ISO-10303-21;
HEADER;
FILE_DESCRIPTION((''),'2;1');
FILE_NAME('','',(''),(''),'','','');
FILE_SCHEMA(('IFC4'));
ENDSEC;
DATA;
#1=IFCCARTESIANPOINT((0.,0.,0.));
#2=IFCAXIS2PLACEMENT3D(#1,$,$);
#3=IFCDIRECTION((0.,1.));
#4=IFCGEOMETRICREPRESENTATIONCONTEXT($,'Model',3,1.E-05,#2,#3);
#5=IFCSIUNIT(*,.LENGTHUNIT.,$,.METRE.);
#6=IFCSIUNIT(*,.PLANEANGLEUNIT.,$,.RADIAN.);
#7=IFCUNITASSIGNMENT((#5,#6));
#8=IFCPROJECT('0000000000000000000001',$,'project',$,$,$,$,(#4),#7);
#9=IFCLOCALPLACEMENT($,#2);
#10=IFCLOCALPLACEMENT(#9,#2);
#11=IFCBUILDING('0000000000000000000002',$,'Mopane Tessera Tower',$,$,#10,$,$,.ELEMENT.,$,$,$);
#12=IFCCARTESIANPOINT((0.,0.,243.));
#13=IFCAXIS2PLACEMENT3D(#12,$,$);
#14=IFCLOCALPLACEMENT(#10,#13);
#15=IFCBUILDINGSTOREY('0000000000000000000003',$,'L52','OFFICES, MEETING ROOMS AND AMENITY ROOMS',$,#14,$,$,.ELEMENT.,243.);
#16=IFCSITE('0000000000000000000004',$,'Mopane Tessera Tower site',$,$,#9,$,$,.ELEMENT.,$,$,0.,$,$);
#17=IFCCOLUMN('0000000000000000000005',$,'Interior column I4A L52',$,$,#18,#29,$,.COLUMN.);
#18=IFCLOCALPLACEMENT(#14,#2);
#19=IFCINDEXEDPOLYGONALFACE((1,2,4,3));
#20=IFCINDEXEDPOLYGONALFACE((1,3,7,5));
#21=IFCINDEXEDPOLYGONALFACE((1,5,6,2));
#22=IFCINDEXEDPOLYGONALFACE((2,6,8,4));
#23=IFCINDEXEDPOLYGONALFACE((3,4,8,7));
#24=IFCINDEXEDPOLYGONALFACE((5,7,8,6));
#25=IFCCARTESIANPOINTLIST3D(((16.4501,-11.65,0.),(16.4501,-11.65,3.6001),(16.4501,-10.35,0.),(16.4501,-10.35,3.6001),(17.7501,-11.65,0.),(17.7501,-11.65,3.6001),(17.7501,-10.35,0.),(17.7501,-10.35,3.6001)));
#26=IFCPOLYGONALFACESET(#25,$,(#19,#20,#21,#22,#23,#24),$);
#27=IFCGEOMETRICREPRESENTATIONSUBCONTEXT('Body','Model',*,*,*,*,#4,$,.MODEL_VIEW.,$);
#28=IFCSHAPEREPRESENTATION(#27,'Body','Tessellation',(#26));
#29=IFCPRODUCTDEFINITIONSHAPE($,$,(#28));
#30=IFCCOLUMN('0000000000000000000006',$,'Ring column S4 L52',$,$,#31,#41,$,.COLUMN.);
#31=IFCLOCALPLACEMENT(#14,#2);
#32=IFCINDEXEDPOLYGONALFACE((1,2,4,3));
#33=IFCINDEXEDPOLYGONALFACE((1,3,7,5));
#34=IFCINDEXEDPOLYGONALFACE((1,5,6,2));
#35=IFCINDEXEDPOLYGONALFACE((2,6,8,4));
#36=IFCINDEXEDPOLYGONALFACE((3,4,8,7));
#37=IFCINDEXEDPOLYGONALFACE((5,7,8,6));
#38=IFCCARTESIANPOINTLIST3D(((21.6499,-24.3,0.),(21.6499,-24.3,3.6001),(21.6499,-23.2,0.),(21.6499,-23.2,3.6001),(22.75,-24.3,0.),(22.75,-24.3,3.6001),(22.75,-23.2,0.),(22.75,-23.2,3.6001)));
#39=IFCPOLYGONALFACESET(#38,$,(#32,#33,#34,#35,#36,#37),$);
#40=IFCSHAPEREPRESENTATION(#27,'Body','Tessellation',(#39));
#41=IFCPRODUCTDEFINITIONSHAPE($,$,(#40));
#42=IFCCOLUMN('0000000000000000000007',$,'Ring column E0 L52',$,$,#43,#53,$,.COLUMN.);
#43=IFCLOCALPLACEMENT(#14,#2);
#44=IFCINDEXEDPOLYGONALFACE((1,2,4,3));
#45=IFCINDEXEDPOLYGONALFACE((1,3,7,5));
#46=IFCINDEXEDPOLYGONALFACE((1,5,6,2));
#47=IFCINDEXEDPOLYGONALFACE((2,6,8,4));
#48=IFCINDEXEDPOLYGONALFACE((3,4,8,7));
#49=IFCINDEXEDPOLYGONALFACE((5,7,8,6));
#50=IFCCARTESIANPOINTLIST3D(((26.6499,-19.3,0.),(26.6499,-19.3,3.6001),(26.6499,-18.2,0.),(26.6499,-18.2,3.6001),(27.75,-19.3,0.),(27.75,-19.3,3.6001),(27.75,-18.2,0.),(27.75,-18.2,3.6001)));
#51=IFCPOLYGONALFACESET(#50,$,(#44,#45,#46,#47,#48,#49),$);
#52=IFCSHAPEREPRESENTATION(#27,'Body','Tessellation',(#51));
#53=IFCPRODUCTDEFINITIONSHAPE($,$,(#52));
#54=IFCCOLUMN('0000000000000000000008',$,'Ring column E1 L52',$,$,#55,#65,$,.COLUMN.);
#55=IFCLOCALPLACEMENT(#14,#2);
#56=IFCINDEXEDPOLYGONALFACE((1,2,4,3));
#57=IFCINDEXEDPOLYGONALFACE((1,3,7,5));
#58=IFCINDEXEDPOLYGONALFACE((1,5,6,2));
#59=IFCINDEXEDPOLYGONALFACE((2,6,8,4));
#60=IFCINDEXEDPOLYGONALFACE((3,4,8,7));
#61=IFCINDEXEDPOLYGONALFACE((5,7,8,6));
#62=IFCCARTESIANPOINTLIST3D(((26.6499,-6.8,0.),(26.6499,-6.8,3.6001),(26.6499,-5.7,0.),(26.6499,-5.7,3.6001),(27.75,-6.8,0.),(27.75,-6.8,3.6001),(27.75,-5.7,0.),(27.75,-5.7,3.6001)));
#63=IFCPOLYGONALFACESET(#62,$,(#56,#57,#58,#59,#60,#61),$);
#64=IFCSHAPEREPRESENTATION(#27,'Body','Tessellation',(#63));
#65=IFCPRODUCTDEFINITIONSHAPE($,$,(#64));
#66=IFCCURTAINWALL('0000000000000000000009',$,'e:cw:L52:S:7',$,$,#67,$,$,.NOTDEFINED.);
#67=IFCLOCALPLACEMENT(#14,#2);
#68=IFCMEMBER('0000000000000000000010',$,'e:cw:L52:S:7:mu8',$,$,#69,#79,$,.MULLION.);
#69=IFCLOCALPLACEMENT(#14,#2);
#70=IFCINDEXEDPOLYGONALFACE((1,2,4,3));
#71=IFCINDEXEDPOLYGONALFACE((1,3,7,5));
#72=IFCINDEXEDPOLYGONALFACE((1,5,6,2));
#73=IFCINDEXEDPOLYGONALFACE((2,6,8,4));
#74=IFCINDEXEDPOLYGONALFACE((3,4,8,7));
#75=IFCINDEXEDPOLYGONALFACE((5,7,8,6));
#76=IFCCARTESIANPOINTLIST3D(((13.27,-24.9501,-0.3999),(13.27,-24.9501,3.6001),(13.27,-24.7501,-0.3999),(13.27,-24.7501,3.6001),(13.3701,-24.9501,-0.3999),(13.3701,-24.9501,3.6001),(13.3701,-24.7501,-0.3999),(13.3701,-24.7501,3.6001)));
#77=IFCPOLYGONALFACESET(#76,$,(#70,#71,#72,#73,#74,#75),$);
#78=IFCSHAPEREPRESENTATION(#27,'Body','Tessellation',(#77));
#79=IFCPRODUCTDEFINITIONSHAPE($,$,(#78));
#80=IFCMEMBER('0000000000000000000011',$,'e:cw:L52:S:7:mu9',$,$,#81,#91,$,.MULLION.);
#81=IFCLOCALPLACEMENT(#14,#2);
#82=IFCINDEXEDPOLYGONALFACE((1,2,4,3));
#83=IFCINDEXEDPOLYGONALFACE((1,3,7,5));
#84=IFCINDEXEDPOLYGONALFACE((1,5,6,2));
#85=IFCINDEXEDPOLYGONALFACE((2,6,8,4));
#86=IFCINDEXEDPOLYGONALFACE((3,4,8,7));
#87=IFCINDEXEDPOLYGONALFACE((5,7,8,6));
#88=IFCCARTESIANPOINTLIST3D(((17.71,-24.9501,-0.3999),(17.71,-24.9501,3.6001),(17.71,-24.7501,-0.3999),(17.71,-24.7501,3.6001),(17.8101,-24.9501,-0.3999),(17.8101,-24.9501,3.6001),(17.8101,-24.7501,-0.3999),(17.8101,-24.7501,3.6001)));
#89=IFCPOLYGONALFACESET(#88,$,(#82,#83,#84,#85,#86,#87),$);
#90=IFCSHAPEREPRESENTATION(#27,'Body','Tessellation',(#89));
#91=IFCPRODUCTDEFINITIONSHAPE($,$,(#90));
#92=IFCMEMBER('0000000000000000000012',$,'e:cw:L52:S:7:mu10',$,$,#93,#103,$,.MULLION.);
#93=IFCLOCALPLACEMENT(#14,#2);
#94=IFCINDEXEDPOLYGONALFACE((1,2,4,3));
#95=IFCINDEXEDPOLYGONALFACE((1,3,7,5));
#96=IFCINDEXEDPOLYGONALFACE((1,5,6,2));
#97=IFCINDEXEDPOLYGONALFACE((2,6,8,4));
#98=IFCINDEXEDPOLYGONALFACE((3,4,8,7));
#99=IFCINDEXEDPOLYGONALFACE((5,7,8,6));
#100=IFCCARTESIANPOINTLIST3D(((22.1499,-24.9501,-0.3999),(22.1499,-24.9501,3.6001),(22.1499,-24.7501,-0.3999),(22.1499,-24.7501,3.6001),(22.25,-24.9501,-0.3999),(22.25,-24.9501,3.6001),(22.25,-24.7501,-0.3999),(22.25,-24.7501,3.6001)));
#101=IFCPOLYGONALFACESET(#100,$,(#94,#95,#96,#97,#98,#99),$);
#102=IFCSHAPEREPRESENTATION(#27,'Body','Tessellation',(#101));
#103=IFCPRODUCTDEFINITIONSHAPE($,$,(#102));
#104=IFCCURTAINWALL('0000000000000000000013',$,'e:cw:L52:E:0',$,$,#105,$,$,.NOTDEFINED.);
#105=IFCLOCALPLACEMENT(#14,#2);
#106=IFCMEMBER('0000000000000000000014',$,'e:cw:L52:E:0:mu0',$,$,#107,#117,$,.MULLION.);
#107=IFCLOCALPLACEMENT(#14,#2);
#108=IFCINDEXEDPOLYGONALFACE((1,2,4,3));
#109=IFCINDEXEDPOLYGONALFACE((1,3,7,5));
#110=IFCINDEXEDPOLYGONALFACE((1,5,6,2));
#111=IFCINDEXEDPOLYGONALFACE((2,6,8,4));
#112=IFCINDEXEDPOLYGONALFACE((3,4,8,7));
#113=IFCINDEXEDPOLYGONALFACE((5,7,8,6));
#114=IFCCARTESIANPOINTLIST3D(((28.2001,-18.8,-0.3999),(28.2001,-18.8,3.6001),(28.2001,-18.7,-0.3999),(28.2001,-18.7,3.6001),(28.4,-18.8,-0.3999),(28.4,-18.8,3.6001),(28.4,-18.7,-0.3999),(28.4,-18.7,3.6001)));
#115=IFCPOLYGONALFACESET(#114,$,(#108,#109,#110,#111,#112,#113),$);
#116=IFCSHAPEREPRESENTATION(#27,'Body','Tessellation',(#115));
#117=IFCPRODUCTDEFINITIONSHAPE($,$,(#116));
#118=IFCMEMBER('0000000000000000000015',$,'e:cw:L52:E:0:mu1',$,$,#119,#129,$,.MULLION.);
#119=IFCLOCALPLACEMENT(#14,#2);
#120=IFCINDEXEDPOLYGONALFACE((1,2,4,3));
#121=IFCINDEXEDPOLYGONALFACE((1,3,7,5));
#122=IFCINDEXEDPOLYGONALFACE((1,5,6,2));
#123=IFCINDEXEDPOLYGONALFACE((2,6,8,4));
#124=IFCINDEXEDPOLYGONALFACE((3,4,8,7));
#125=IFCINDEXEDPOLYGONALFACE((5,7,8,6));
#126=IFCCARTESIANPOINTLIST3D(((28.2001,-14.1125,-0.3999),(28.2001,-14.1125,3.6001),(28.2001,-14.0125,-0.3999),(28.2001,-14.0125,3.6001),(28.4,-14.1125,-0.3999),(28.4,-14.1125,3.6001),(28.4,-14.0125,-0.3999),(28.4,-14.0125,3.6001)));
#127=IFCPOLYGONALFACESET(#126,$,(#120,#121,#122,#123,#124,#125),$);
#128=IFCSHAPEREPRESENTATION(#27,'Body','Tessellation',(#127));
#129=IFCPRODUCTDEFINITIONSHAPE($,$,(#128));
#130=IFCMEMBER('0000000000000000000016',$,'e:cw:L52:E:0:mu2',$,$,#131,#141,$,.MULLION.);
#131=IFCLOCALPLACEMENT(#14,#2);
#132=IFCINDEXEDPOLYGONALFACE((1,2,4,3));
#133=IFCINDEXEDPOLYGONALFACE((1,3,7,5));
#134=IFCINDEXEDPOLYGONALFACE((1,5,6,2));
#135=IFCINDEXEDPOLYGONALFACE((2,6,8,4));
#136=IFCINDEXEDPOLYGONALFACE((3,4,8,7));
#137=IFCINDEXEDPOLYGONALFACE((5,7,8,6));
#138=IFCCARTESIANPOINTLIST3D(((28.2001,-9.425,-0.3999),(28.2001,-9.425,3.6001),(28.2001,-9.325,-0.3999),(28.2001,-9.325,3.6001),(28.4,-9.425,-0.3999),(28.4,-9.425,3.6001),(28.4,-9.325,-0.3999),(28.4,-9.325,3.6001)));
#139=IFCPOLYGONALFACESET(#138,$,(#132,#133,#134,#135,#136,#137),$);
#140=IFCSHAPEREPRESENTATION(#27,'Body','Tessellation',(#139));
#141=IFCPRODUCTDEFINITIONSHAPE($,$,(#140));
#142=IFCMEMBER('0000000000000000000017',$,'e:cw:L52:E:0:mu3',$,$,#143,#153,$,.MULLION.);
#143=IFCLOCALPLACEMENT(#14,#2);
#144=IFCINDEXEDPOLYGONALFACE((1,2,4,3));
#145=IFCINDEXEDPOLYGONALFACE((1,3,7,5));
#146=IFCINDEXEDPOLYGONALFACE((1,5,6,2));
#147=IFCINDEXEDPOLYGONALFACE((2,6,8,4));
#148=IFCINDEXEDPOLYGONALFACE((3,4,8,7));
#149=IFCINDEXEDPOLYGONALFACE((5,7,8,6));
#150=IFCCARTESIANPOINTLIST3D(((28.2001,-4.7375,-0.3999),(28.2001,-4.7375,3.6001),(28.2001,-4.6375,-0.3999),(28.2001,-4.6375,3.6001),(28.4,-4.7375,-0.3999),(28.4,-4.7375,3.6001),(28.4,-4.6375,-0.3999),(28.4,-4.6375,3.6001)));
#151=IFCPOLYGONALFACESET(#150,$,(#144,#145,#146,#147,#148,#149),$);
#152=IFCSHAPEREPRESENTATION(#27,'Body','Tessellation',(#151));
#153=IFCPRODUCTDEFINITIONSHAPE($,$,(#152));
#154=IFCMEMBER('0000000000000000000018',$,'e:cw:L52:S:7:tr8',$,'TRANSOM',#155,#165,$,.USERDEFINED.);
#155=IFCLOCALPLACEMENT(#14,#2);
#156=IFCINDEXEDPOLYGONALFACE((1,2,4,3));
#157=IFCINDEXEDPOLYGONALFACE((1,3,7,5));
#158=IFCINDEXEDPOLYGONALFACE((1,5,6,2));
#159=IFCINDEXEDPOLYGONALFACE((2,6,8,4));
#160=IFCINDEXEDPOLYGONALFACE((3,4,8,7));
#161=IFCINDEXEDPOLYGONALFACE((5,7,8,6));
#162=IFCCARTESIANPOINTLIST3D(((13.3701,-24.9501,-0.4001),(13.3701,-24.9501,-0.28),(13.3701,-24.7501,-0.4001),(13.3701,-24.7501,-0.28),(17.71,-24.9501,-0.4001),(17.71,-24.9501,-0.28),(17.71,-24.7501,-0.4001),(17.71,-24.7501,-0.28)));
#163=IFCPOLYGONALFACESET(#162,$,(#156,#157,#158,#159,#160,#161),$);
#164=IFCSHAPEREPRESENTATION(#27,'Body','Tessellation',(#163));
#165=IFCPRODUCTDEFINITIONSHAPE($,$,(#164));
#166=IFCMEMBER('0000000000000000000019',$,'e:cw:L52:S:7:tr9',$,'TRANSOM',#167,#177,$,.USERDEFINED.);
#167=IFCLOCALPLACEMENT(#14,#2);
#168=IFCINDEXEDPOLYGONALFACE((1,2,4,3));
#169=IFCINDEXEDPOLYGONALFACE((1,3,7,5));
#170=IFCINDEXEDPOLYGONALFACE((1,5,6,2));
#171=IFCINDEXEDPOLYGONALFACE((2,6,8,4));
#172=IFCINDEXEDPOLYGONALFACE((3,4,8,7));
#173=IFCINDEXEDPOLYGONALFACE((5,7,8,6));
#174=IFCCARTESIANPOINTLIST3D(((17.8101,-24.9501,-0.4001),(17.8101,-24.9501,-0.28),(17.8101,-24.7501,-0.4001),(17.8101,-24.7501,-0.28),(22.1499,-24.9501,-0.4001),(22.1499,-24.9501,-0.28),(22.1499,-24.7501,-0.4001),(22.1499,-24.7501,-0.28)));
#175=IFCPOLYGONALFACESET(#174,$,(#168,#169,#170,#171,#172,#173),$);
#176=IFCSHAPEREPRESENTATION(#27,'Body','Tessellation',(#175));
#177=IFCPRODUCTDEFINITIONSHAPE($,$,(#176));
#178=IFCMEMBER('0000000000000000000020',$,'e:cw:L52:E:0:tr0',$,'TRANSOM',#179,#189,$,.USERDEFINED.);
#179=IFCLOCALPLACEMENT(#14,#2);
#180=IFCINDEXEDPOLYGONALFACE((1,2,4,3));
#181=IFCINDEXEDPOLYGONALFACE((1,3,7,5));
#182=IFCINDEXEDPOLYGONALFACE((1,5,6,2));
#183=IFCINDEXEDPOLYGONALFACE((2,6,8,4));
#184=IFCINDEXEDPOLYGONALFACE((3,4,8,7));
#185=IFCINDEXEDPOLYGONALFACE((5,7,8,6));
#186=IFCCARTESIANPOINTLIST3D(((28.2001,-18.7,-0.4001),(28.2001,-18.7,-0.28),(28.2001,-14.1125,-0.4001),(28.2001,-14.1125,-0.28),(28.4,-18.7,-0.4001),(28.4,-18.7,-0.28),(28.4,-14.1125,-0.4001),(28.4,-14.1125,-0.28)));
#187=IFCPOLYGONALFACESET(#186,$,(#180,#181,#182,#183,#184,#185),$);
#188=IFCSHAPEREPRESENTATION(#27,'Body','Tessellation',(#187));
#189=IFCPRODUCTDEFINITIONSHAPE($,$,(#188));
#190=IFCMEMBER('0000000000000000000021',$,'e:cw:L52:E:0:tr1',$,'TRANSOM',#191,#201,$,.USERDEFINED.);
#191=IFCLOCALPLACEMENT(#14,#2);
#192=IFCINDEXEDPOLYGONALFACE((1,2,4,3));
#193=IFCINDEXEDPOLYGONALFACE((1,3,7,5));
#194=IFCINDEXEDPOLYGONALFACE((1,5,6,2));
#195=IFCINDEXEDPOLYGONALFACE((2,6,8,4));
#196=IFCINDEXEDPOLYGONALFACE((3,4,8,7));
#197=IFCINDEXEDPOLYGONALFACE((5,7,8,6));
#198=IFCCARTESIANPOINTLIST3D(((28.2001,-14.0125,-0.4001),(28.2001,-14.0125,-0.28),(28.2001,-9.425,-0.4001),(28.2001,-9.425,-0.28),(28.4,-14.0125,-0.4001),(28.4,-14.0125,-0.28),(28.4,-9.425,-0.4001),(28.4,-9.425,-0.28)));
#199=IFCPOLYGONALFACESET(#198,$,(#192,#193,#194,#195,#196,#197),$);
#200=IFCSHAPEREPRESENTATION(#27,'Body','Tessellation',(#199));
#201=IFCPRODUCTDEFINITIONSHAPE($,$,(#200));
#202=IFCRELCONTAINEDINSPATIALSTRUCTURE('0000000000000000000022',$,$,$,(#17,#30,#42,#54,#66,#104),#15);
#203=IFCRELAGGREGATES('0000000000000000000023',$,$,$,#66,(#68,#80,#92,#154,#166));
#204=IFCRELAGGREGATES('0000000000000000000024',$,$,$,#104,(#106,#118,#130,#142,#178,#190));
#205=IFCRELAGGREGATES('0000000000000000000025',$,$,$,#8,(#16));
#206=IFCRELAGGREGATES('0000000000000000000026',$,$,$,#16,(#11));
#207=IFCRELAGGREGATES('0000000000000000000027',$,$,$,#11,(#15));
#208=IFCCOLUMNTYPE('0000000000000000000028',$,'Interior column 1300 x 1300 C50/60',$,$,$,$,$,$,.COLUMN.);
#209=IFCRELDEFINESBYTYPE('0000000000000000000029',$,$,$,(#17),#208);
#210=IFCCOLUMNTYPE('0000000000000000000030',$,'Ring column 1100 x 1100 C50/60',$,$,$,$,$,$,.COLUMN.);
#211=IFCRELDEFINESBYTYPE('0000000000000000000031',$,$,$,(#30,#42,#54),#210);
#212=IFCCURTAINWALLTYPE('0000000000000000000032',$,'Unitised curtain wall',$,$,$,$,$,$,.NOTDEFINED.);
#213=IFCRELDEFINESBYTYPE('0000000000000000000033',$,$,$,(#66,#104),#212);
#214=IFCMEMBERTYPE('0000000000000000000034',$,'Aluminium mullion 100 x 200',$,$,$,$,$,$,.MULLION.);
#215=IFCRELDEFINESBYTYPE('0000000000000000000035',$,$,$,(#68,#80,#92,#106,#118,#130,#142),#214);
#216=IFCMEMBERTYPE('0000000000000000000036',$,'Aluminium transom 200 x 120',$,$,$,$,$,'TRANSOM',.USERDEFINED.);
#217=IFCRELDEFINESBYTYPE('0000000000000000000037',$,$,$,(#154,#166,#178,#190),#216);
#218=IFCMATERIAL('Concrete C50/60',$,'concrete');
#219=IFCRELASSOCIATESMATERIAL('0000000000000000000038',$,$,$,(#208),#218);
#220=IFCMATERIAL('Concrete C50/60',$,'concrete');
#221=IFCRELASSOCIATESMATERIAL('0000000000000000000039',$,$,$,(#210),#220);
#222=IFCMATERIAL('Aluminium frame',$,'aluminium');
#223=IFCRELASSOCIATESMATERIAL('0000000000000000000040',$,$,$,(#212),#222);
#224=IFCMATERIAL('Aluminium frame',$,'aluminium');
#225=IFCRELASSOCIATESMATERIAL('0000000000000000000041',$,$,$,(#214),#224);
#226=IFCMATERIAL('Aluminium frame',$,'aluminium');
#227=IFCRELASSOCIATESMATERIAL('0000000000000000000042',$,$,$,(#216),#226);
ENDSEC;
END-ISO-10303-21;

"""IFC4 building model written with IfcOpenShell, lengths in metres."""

from ifc_helpers import new_model, si_unit, direction, frame, origin, origin_2d, place, context, subcontext, project, spatial, rectangle, extrude, material, material_profile, profile_set, type_object, element, aggregate, save


model = new_model("IFC4")

# Units and contexts
model_context = context("Model", 3, precision=1e-05, world=origin(), true_north=direction((0.0, 1.0)))
body_context = subcontext(model_context, "Body", "Model", "MODEL_VIEW")
ifc_project = project(units=[si_unit("LENGTHUNIT", "METRE"), si_unit("PLANEANGLEUNIT", "RADIAN")], contexts=[model_context])

# Site, building, storey
site_placement = place(None, origin())
site = spatial("IfcSite", under=ifc_project, at=site_placement, Name="Mopane Tessera Tower site", CompositionType="ELEMENT", RefElevation=0.0)
building_placement = place(site_placement, origin())
building = spatial("IfcBuilding", under=site, at=building_placement, Name="Mopane Tessera Tower", CompositionType="ELEMENT")
storey_placement = place(building_placement, frame((0.0, 0.0, 243.0)))
storey = spatial("IfcBuildingStorey", under=building, at=storey_placement, Name="L52", Description="OFFICES, MEETING ROOMS AND AMENITY ROOMS", CompositionType="ELEMENT", Elevation=243.0)

# Columns
ifc_material_1 = material(Name="Concrete C50/60", Category="concrete")
ifc_material_profile_1 = material_profile(ifc_material_1, rectangle(XDim=1.3, YDim=1.3, at=origin_2d()))
ifc_profile_set_1 = profile_set([ifc_material_profile_1], Name="Concrete C50/60")
column_type_1 = type_object("IfcColumnType", Name="Interior column 1300 x 1300 C50/60", PredefinedType="COLUMN", material=ifc_profile_set_1)
column_placement = place(storey_placement, frame((17.1001, -11.0, 0.0), z_axis=(0.0, 0.0, 1.0), x_axis=(1.0, 0.0, 0.0)))
element("IfcColumn", 1, at=column_placement, inside=storey, type_object=column_type_1, Name="Interior column I4A L52", PredefinedType="COLUMN", context=body_context, shape_type="SweptSolid", body=[
    extrude(rectangle(XDim=1.3, YDim=1.3, at=origin_2d()), origin(), (0.0, 0.0, 1.0), 3.6001),
])
ifc_material_2 = material(Name="Concrete C50/60", Category="concrete")
ifc_material_profile_2 = material_profile(ifc_material_2, rectangle(XDim=1.1001, YDim=1.1001, at=origin_2d()))
ifc_profile_set_2 = profile_set([ifc_material_profile_2], Name="Concrete C50/60")
column_type_2 = type_object("IfcColumnType", Name="Ring column 1100 x 1100 C50/60", PredefinedType="COLUMN", material=ifc_profile_set_2)
for number, where, z_axis, x_axis, name in (
    (2, (22.2, -23.75, 0.0), (0.0, 0.0, 1.0), (1.0, 0.0, 0.0), "Ring column S4 L52"),
    (3, (27.2, -18.75, 0.0), (0.0, 0.0, 1.0), (1.0, 0.0, 0.0), "Ring column E0 L52"),
    (4, (27.2, -6.25, 0.0), (0.0, 0.0, 1.0), (1.0, 0.0, 0.0), "Ring column E1 L52"),
):
    element("IfcColumn", number, at=place(storey_placement, frame(where, z_axis=z_axis, x_axis=x_axis)), inside=storey, type_object=column_type_2, Name=name, PredefinedType="COLUMN", context=body_context, shape_type="SweptSolid", body=[
        extrude(rectangle(XDim=1.1001, YDim=1.1001, at=origin_2d()), origin(), (0.0, 0.0, 1.0), 3.6001),
    ])

# Curtain walls, members
ifc_material_3 = material(Name="Aluminium frame", Category="aluminium")
curtain_wall_type = type_object("IfcCurtainWallType", Name="Unitised curtain wall", PredefinedType="NOTDEFINED", material=ifc_material_3)
curtain_wall_1_placement = place(storey_placement, origin())
curtain_wall_1 = element("IfcCurtainWall", 5, at=curtain_wall_1_placement, inside=storey, type_object=curtain_wall_type, Name="e:cw:L52:S:7", PredefinedType="NOTDEFINED")
ifc_material_4 = material(Name="Aluminium frame", Category="aluminium")
ifc_material_profile_3 = material_profile(ifc_material_4, rectangle(XDim=0.1001, YDim=0.2, at=origin_2d()))
ifc_profile_set_3 = profile_set([ifc_material_profile_3], Name="Aluminium frame")
member_type_1 = type_object("IfcMemberType", Name="Aluminium mullion 100 x 200", PredefinedType="MULLION", material=ifc_profile_set_3)
member_1_placement = place(storey_placement, frame((13.3201, -24.8501, -0.3999), z_axis=(0.0, 0.0, 1.0), x_axis=(1.0, 0.0, 0.0)))
member_1 = element("IfcMember", 6, at=member_1_placement, type_object=member_type_1, Name="e:cw:L52:S:7:mu8", PredefinedType="MULLION", context=body_context, shape_type="SweptSolid", body=[
    extrude(rectangle(XDim=0.1001, YDim=0.2, at=origin_2d()), origin(), (0.0, 0.0, 1.0), 4.0),
])
member_2_placement = place(storey_placement, frame((17.76, -24.8501, -0.3999), z_axis=(0.0, 0.0, 1.0), x_axis=(1.0, 0.0, 0.0)))
member_2 = element("IfcMember", 7, at=member_2_placement, type_object=member_type_1, Name="e:cw:L52:S:7:mu9", PredefinedType="MULLION", context=body_context, shape_type="SweptSolid", body=[
    extrude(rectangle(XDim=0.1001, YDim=0.2, at=origin_2d()), origin(), (0.0, 0.0, 1.0), 4.0),
])
member_3_placement = place(storey_placement, frame((22.2, -24.8501, -0.3999), z_axis=(0.0, 0.0, 1.0), x_axis=(1.0, 0.0, 0.0)))
member_3 = element("IfcMember", 8, at=member_3_placement, type_object=member_type_1, Name="e:cw:L52:S:7:mu10", PredefinedType="MULLION", context=body_context, shape_type="SweptSolid", body=[
    extrude(rectangle(XDim=0.1001, YDim=0.2, at=origin_2d()), origin(), (0.0, 0.0, 1.0), 4.0),
])
curtain_wall_2_placement = place(storey_placement, origin())
curtain_wall_2 = element("IfcCurtainWall", 9, at=curtain_wall_2_placement, inside=storey, type_object=curtain_wall_type, Name="e:cw:L52:E:0", PredefinedType="NOTDEFINED")
member_4_placement = place(storey_placement, frame((28.3, -18.75, -0.3999), z_axis=(0.0, 0.0, 1.0), x_axis=(0.0, 1.0, 0.0)))
member_4 = element("IfcMember", 10, at=member_4_placement, type_object=member_type_1, Name="e:cw:L52:E:0:mu0", PredefinedType="MULLION", context=body_context, shape_type="SweptSolid", body=[
    extrude(rectangle(XDim=0.1001, YDim=0.2, at=origin_2d()), origin(), (0.0, 0.0, 1.0), 4.0),
])
member_5_placement = place(storey_placement, frame((28.3, -14.0625, -0.3999), z_axis=(0.0, 0.0, 1.0), x_axis=(0.0, 1.0, 0.0)))
member_5 = element("IfcMember", 11, at=member_5_placement, type_object=member_type_1, Name="e:cw:L52:E:0:mu1", PredefinedType="MULLION", context=body_context, shape_type="SweptSolid", body=[
    extrude(rectangle(XDim=0.1001, YDim=0.2, at=origin_2d()), origin(), (0.0, 0.0, 1.0), 4.0),
])
member_6_placement = place(storey_placement, frame((28.3, -9.375, -0.3999), z_axis=(0.0, 0.0, 1.0), x_axis=(0.0, 1.0, 0.0)))
member_6 = element("IfcMember", 12, at=member_6_placement, type_object=member_type_1, Name="e:cw:L52:E:0:mu2", PredefinedType="MULLION", context=body_context, shape_type="SweptSolid", body=[
    extrude(rectangle(XDim=0.1001, YDim=0.2, at=origin_2d()), origin(), (0.0, 0.0, 1.0), 4.0),
])
member_7_placement = place(storey_placement, frame((28.3, -4.6875, -0.3999), z_axis=(0.0, 0.0, 1.0), x_axis=(0.0, 1.0, 0.0)))
member_7 = element("IfcMember", 13, at=member_7_placement, type_object=member_type_1, Name="e:cw:L52:E:0:mu3", PredefinedType="MULLION", context=body_context, shape_type="SweptSolid", body=[
    extrude(rectangle(XDim=0.1001, YDim=0.2, at=origin_2d()), origin(), (0.0, 0.0, 1.0), 4.0),
])

# Members
ifc_material_5 = material(Name="Aluminium frame", Category="aluminium")
ifc_material_profile_4 = material_profile(ifc_material_5, rectangle(XDim=0.2, YDim=0.1201, at=origin_2d()))
ifc_profile_set_4 = profile_set([ifc_material_profile_4], Name="Aluminium frame")
member_type_2 = type_object("IfcMemberType", Name="Aluminium transom 200 x 120", ElementType="TRANSOM", PredefinedType="USERDEFINED", material=ifc_profile_set_4)
member_8_placement = place(storey_placement, frame((13.3701, -24.8501, -0.3401), z_axis=(1.0, 0.0, 0.0), x_axis=(0.0, 1.0, 0.0)))
member_8 = element("IfcMember", 14, at=member_8_placement, type_object=member_type_2, Name="e:cw:L52:S:7:tr8", ObjectType="TRANSOM", PredefinedType="USERDEFINED", context=body_context, shape_type="SweptSolid", body=[
    extrude(rectangle(XDim=0.2, YDim=0.1201, at=origin_2d()), origin(), (0.0, 0.0, 1.0), 4.3398),
])
member_9_placement = place(storey_placement, frame((17.8101, -24.8501, -0.3401), z_axis=(1.0, 0.0, 0.0), x_axis=(0.0, 1.0, 0.0)))
member_9 = element("IfcMember", 15, at=member_9_placement, type_object=member_type_2, Name="e:cw:L52:S:7:tr9", ObjectType="TRANSOM", PredefinedType="USERDEFINED", context=body_context, shape_type="SweptSolid", body=[
    extrude(rectangle(XDim=0.2, YDim=0.1201, at=origin_2d()), origin(), (0.0, 0.0, 1.0), 4.3398),
])
member_10_placement = place(storey_placement, frame((28.3, -18.7, -0.3401), z_axis=(0.0, 1.0, 0.0), x_axis=(-1.0, 0.0, 0.0)))
member_10 = element("IfcMember", 16, at=member_10_placement, type_object=member_type_2, Name="e:cw:L52:E:0:tr0", ObjectType="TRANSOM", PredefinedType="USERDEFINED", context=body_context, shape_type="SweptSolid", body=[
    extrude(rectangle(XDim=0.2, YDim=0.1201, at=origin_2d()), origin(), (0.0, 0.0, 1.0), 4.5874),
])
member_11_placement = place(storey_placement, frame((28.3, -14.0125, -0.3401), z_axis=(0.0, 1.0, 0.0), x_axis=(-1.0, 0.0, 0.0)))
member_11 = element("IfcMember", 17, at=member_11_placement, type_object=member_type_2, Name="e:cw:L52:E:0:tr1", ObjectType="TRANSOM", PredefinedType="USERDEFINED", context=body_context, shape_type="SweptSolid", body=[
    extrude(rectangle(XDim=0.2, YDim=0.1201, at=origin_2d()), origin(), (0.0, 0.0, 1.0), 4.5874),
])

aggregate(curtain_wall_1, [member_1, member_2, member_3, member_8, member_9])
aggregate(curtain_wall_2, [member_4, member_5, member_6, member_7, member_10, member_11])

save(model, "model.ifc")
